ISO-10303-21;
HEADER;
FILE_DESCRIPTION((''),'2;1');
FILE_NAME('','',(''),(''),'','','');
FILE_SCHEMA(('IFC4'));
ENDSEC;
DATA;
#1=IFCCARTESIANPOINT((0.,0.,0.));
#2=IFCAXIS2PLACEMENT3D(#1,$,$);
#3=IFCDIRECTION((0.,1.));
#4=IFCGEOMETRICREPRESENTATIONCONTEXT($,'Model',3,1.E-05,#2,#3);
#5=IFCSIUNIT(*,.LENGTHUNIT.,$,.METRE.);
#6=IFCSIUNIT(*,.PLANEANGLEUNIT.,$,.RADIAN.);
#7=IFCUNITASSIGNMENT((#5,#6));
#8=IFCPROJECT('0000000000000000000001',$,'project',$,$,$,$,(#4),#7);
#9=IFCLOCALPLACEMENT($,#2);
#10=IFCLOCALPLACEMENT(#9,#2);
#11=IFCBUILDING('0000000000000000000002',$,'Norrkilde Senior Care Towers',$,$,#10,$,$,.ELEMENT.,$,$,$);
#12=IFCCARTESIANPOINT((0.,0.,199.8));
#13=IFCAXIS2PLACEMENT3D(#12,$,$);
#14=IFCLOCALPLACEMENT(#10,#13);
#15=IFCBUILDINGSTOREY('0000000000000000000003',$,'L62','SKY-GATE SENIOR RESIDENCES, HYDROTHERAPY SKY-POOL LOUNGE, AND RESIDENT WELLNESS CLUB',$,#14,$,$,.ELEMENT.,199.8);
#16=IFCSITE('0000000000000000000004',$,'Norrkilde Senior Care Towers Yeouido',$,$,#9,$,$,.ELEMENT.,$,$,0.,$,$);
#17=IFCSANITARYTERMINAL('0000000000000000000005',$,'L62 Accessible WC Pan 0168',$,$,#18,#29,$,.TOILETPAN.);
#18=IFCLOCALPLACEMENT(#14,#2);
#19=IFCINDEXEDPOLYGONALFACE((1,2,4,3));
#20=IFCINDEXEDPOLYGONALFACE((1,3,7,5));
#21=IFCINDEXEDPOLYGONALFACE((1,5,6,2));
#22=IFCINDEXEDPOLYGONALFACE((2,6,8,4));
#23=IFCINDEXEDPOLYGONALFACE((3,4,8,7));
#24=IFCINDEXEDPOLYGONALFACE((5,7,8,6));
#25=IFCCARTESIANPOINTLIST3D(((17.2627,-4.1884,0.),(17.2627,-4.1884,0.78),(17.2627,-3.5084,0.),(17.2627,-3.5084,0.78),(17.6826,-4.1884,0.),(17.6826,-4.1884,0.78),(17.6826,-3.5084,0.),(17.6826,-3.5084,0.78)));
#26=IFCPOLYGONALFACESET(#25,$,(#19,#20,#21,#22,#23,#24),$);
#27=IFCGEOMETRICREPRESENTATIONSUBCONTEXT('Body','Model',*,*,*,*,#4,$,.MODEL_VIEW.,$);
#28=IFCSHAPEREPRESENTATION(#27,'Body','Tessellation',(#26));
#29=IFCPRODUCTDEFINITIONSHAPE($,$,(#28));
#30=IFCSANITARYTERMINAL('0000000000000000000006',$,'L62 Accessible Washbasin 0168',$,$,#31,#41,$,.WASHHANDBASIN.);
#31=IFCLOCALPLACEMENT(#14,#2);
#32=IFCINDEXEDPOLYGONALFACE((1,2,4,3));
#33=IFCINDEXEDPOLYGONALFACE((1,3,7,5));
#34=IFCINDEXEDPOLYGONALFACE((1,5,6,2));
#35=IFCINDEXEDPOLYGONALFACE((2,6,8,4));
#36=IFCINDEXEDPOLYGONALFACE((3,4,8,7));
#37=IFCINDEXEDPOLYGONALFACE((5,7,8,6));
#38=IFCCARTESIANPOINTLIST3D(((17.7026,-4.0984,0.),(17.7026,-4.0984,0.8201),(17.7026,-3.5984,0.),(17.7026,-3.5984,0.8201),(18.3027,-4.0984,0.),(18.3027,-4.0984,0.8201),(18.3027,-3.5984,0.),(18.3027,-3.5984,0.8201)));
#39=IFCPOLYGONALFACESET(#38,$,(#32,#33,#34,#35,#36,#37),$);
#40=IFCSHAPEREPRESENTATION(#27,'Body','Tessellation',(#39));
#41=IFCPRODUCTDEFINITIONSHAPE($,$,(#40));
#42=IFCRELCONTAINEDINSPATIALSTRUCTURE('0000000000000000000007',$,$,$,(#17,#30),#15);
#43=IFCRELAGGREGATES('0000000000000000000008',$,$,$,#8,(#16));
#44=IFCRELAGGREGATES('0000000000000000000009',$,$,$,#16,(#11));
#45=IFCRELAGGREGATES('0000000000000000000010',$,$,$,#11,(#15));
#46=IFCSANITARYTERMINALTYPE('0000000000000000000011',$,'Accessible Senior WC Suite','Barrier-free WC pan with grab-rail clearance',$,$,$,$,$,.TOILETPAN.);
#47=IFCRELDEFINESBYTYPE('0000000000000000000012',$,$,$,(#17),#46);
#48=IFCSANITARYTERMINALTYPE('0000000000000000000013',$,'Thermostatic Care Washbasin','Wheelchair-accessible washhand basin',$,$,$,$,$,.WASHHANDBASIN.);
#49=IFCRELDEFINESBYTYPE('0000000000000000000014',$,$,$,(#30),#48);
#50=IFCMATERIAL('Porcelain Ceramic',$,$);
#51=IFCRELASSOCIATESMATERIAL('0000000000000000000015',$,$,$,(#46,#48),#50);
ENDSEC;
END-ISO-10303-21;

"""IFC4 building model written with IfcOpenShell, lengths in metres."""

from ifc_helpers import new_model, si_unit, direction, frame, origin, origin_2d, place, context, subcontext, project, spatial, rectangle, extrude, source, transform, mapped, material, type_object, type_shapes, element, save


model = new_model("IFC4")

# Units and contexts
model_context = context("Model", 3, precision=1e-05, world=origin(), true_north=direction((0.0, 1.0)))
body_context = subcontext(model_context, "Body", "Model", "MODEL_VIEW")
ifc_project = project(units=[si_unit("LENGTHUNIT", "METRE"), si_unit("PLANEANGLEUNIT", "RADIAN")], contexts=[model_context])

# Site, building, storey
site_placement = place(None, origin())
site = spatial("IfcSite", under=ifc_project, at=site_placement, Name="Norrkilde Senior Care Towers Yeouido", CompositionType="ELEMENT", RefElevation=0.0)
building_placement = place(site_placement, origin())
building = spatial("IfcBuilding", under=site, at=building_placement, Name="Norrkilde Senior Care Towers", CompositionType="ELEMENT")
storey_placement = place(building_placement, frame((0.0, 0.0, 199.8)))
storey = spatial("IfcBuildingStorey", under=building, at=storey_placement, Name="L62", Description="SKY-GATE SENIOR RESIDENCES, HYDROTHERAPY SKY-POOL LOUNGE, AND RESIDENT WELLNESS CLUB", CompositionType="ELEMENT", Elevation=199.8)

# Sanitary terminals
ifc_material_1 = material(Name="Porcelain Ceramic")
sanitary_terminal_type_1 = type_object("IfcSanitaryTerminalType", Name="Accessible Senior WC Suite", Description="Barrier-free WC pan with grab-rail clearance", PredefinedType="TOILETPAN", material=ifc_material_1)
shared_shape_1 = source(origin(), body_context, "Body", "SweptSolid", [
    extrude(rectangle(XDim=0.4199, YDim=0.6799, at=origin_2d()), origin(), (0.0, 0.0, 1.0), 0.78),
])
type_shapes(sanitary_terminal_type_1, [shared_shape_1])
sanitary_terminal_1_placement = place(storey_placement, frame((17.4727, -3.8484, 0.0), z_axis=(0.0, 0.0, 1.0), x_axis=(1.0, 0.0, 0.0)))
element("IfcSanitaryTerminal", 1, at=sanitary_terminal_1_placement, inside=storey, type_object=sanitary_terminal_type_1, Name="L62 Accessible WC Pan 0168", PredefinedType="TOILETPAN", context=body_context, shape_type="MappedRepresentation", body=[
    mapped(shared_shape_1, transform((0.0, 0.0, 0.0), x_axis=(1.0, 0.0, 0.0), y_axis=(0.0, 1.0, 0.0), z_axis=(0.0, 0.0, 1.0), scale=1.0)),
])
sanitary_terminal_type_2 = type_object("IfcSanitaryTerminalType", Name="Thermostatic Care Washbasin", Description="Wheelchair-accessible washhand basin", PredefinedType="WASHHANDBASIN", material=ifc_material_1)
shared_shape_2 = source(origin(), body_context, "Body", "SweptSolid", [
    extrude(rectangle(XDim=0.6001, YDim=0.5, at=origin_2d()), origin(), (0.0, 0.0, 1.0), 0.8201),
])
type_shapes(sanitary_terminal_type_2, [shared_shape_2])
sanitary_terminal_2_placement = place(storey_placement, frame((18.0027, -3.8484, 0.0), z_axis=(0.0, 0.0, 1.0), x_axis=(1.0, 0.0, 0.0)))
element("IfcSanitaryTerminal", 2, at=sanitary_terminal_2_placement, inside=storey, type_object=sanitary_terminal_type_2, Name="L62 Accessible Washbasin 0168", PredefinedType="WASHHANDBASIN", context=body_context, shape_type="MappedRepresentation", body=[
    mapped(shared_shape_2, transform((0.0, 0.0, 0.0), x_axis=(1.0, 0.0, 0.0), y_axis=(0.0, 1.0, 0.0), z_axis=(0.0, 0.0, 1.0), scale=1.0)),
])

save(model, "model.ifc")
